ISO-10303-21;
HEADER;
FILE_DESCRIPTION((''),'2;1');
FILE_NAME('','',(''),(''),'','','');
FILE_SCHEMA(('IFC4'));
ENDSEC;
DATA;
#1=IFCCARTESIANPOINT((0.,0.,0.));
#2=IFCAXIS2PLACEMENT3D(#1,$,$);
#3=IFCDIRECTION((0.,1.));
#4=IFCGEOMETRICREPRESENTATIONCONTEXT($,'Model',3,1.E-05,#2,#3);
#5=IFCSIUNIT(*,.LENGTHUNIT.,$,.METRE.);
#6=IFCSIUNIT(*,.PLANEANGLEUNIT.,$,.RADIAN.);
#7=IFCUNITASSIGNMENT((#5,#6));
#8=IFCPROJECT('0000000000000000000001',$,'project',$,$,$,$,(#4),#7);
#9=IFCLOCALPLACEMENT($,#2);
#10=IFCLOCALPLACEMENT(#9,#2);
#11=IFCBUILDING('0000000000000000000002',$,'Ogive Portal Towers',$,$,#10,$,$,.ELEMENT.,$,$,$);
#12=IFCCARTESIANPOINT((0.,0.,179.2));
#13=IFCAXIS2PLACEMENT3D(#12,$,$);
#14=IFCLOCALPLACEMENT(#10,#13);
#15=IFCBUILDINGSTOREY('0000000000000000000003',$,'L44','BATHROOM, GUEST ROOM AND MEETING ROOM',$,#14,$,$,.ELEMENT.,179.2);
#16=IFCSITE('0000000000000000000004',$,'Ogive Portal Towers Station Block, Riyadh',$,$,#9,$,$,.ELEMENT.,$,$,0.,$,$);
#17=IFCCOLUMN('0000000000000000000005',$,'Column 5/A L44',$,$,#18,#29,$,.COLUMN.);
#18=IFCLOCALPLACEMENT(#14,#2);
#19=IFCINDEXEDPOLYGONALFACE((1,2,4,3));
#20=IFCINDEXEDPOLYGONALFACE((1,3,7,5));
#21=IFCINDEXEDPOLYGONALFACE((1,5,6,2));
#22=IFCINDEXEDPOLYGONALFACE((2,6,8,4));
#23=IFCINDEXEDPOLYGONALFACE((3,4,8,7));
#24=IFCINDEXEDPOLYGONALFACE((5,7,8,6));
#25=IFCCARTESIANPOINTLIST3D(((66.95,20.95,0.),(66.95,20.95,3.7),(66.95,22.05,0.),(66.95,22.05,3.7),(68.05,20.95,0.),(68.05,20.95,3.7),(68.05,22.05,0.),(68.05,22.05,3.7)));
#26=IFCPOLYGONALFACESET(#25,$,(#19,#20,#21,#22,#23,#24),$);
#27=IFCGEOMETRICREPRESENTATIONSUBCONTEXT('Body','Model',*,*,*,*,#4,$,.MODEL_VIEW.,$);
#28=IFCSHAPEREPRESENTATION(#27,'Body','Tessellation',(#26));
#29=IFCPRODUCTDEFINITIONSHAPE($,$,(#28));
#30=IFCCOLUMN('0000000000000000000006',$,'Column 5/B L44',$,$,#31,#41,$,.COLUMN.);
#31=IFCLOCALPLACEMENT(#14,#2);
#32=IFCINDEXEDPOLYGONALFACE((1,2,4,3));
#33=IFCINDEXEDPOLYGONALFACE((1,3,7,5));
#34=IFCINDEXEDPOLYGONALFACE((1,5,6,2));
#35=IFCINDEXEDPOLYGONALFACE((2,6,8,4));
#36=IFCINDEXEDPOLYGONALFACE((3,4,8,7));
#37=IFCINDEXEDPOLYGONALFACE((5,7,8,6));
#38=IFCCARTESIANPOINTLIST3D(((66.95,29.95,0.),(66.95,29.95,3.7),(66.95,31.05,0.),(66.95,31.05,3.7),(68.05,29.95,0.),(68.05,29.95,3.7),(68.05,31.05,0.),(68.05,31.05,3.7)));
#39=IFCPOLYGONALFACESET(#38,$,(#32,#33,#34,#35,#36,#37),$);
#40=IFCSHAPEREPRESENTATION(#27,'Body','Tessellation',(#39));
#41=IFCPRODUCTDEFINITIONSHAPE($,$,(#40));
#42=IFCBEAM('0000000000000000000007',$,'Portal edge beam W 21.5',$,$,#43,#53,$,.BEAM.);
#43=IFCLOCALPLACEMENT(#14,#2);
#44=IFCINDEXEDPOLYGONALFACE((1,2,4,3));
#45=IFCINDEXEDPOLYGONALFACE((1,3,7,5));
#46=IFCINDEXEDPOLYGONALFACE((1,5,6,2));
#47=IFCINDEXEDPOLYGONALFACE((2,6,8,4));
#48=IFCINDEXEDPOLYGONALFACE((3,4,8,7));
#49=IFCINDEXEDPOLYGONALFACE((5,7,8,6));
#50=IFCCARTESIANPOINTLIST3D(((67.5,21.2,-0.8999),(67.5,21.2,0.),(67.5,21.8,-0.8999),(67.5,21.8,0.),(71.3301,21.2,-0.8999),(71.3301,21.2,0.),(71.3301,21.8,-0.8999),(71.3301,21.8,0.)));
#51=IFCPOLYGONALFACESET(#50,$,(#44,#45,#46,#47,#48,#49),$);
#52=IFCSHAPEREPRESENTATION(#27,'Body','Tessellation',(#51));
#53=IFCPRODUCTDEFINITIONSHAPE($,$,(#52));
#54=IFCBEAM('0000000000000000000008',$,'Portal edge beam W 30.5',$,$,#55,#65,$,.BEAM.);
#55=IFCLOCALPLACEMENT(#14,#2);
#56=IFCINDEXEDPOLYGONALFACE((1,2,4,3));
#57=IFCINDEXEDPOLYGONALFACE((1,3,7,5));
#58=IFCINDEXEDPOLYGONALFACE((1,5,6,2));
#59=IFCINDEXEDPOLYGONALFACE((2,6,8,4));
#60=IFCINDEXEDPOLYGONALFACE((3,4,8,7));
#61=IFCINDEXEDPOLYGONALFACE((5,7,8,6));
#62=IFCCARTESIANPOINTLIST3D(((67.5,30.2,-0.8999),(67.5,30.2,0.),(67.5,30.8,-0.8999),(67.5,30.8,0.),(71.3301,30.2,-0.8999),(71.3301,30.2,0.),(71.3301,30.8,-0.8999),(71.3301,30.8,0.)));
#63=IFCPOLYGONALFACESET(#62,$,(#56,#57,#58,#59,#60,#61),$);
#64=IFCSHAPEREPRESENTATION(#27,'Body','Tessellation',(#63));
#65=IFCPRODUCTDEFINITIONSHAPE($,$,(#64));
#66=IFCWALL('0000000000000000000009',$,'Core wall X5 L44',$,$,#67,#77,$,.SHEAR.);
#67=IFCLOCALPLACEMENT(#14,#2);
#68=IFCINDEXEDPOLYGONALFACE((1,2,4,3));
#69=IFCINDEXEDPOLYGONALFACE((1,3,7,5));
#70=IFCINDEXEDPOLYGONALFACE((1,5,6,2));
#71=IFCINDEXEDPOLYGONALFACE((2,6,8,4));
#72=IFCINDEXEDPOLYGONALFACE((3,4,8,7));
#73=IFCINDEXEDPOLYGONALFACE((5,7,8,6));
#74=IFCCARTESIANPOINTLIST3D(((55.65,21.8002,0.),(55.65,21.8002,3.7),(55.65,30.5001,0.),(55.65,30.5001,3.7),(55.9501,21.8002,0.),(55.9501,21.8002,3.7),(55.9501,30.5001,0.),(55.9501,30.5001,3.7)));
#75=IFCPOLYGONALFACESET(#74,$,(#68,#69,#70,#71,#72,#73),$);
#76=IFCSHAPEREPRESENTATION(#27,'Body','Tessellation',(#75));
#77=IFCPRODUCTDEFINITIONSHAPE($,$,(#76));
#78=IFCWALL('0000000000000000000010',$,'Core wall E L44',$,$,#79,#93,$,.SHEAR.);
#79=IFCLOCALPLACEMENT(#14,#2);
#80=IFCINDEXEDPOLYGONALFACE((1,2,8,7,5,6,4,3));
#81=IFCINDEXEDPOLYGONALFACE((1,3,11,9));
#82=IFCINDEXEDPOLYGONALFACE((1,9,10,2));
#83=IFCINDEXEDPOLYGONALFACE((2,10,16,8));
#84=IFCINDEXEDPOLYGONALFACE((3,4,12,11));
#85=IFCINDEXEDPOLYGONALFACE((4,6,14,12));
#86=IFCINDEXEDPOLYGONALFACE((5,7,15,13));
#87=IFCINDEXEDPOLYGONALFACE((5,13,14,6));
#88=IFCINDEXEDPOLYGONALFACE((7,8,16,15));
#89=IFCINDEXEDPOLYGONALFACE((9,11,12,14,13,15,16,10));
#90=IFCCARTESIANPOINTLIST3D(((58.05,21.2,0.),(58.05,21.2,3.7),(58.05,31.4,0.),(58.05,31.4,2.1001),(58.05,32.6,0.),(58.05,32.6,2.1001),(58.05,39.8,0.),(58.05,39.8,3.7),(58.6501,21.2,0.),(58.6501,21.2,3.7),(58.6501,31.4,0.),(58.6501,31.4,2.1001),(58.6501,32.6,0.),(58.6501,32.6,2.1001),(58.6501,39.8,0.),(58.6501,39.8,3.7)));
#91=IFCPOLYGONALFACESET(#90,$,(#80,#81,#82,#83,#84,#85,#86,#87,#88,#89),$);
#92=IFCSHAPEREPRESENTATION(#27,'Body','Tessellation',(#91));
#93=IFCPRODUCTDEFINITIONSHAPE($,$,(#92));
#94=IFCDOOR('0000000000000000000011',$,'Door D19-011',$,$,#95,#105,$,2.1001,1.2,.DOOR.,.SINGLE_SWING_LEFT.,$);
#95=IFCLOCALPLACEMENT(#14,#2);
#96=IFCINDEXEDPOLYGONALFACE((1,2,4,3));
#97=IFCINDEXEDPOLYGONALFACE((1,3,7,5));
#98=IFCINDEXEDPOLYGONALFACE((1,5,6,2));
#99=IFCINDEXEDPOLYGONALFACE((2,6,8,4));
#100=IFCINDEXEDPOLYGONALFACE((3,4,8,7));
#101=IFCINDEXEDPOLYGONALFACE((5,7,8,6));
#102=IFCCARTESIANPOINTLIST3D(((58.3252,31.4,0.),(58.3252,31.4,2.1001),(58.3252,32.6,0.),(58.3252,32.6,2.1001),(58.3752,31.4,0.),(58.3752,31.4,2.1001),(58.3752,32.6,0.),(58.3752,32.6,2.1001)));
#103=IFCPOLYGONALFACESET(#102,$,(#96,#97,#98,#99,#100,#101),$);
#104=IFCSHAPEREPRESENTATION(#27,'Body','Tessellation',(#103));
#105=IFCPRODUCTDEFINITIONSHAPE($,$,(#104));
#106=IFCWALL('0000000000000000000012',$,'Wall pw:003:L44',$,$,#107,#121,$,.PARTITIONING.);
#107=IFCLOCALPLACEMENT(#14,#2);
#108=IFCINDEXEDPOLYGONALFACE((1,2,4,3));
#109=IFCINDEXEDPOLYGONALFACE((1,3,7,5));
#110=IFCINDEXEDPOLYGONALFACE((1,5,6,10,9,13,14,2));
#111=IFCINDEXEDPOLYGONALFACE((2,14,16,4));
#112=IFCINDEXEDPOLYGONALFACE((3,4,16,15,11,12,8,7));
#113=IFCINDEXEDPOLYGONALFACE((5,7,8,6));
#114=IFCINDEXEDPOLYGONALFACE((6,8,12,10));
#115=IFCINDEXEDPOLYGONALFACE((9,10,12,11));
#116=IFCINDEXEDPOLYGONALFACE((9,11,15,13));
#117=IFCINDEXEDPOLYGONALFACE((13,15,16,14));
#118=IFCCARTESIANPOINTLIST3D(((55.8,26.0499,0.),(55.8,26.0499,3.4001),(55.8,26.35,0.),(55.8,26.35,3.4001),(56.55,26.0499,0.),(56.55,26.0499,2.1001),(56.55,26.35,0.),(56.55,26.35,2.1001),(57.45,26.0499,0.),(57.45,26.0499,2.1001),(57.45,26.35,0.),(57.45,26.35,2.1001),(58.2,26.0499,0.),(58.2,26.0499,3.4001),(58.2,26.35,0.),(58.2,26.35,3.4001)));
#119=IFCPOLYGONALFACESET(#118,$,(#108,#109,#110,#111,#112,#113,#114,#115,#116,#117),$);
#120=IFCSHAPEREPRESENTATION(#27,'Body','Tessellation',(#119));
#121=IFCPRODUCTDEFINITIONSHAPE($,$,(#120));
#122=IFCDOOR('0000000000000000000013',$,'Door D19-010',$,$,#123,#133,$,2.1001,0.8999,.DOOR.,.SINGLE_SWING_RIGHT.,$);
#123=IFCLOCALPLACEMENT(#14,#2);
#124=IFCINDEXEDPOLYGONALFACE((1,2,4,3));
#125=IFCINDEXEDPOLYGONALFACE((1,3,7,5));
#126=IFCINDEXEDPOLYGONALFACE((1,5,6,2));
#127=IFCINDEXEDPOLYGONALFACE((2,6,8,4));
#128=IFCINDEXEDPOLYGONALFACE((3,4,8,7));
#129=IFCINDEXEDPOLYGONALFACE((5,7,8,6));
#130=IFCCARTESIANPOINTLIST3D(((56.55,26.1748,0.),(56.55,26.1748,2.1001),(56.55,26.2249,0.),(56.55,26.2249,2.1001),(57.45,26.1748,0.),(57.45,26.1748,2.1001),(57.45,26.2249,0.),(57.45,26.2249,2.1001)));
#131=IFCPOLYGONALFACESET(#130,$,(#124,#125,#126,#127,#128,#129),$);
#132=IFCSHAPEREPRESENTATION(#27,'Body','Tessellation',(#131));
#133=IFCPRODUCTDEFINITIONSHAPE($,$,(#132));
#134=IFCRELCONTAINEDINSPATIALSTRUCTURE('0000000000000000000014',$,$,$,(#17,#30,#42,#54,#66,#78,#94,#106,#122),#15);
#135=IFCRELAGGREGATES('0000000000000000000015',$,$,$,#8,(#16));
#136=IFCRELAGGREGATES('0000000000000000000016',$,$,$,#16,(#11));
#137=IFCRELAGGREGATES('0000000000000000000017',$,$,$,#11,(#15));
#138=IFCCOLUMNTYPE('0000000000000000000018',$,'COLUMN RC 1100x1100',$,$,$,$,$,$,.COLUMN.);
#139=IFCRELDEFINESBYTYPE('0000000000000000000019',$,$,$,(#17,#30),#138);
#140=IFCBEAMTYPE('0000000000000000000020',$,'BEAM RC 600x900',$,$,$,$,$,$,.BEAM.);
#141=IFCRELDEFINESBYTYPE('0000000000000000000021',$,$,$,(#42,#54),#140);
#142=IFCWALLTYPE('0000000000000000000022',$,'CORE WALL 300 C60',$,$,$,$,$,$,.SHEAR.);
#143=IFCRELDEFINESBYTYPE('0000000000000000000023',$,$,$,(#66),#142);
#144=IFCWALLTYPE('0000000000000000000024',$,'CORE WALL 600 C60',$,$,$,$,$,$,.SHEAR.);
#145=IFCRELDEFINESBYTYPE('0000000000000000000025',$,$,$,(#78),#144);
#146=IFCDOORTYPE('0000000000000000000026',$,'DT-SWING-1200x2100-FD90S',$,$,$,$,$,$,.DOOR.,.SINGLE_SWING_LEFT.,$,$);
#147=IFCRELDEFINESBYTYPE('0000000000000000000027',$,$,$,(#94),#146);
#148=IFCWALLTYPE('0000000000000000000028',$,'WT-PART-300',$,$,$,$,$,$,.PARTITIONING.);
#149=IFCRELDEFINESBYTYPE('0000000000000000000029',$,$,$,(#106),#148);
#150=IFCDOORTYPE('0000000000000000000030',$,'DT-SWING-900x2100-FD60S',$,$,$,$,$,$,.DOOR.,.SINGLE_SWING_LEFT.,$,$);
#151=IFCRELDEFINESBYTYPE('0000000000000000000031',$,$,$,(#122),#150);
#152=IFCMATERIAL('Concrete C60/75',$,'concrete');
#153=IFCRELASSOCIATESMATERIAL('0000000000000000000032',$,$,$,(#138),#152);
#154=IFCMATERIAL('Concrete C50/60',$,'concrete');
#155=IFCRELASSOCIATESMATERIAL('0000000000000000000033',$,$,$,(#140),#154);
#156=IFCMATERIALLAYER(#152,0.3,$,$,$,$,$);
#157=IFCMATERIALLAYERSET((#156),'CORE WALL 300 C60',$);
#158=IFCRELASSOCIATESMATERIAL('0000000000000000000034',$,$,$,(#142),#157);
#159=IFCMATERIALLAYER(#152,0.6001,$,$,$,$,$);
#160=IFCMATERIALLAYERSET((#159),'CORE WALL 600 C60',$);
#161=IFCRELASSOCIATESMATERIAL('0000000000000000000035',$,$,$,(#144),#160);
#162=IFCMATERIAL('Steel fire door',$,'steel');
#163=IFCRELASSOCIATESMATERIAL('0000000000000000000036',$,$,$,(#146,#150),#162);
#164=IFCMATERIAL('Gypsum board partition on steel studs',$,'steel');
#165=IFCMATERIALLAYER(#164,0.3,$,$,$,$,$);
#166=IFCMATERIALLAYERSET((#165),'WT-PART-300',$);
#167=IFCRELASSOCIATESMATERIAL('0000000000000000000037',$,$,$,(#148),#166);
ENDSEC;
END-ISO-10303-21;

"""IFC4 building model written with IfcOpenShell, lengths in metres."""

from ifc_helpers import new_model, si_unit, direction, frame, frame_2d, origin, origin_2d, place, context, subcontext, project, spatial, rectangle, extrude, material, layer, layer_set, material_profile, profile_set, type_object, element, fill, save


model = new_model("IFC4")

# Units and contexts
model_context = context("Model", 3, precision=1e-05, world=origin(), true_north=direction((0.0, 1.0)))
body_context = subcontext(model_context, "Body", "Model", "MODEL_VIEW")
ifc_project = project(units=[si_unit("LENGTHUNIT", "METRE"), si_unit("PLANEANGLEUNIT", "RADIAN")], contexts=[model_context])

# Site, building, storey
site_placement = place(None, origin())
site = spatial("IfcSite", under=ifc_project, at=site_placement, Name="Ogive Portal Towers Station Block, Riyadh", CompositionType="ELEMENT", RefElevation=0.0)
building_placement = place(site_placement, origin())
building = spatial("IfcBuilding", under=site, at=building_placement, Name="Ogive Portal Towers", CompositionType="ELEMENT")
storey_placement = place(building_placement, frame((0.0, 0.0, 179.2)))
storey = spatial("IfcBuildingStorey", under=building, at=storey_placement, Name="L44", Description="BATHROOM, GUEST ROOM AND MEETING ROOM", CompositionType="ELEMENT", Elevation=179.2)

# Columns
ifc_material_1 = material(Name="Concrete C60/75", Category="concrete")
ifc_material_profile_1 = material_profile(ifc_material_1, rectangle(XDim=1.1001, YDim=1.1001, at=origin_2d()), Name="RC 1100x1100")
ifc_profile_set_1 = profile_set([ifc_material_profile_1], Name="Concrete C60/75")
column_type = type_object("IfcColumnType", Name="COLUMN RC 1100x1100", PredefinedType="COLUMN", material=ifc_profile_set_1)
for number, where, z_axis, x_axis, name in (
    (1, (67.5, 21.5, 0.0), (0.0, 0.0, 1.0), (1.0, 0.0, 0.0), "Column 5/A L44"),
    (2, (67.5, 30.5, 0.0), (0.0, 0.0, 1.0), (1.0, 0.0, 0.0), "Column 5/B L44"),
):
    element("IfcColumn", number, at=place(storey_placement, frame(where, z_axis=z_axis, x_axis=x_axis)), inside=storey, type_object=column_type, Name=name, PredefinedType="COLUMN", context=body_context, shape_type="SweptSolid", body=[
        extrude(rectangle(XDim=1.1001, YDim=1.1001, at=origin_2d()), origin(), (0.0, 0.0, 1.0), 3.7),
    ])

# Beams
ifc_material_2 = material(Name="Concrete C50/60", Category="concrete")
ifc_material_profile_2 = material_profile(ifc_material_2, rectangle(XDim=0.6001, YDim=0.8999, at=origin_2d()), Name="RC 600x900")
ifc_profile_set_2 = profile_set([ifc_material_profile_2], Name="Concrete C50/60")
beam_type = type_object("IfcBeamType", Name="BEAM RC 600x900", PredefinedType="BEAM", material=ifc_profile_set_2)
for number, where, z_axis, x_axis, name in (
    (3, (67.5, 21.5, -0.45), (1.0, 0.0, 0.0), (0.0, 1.0, 0.0), "Portal edge beam W 21.5"),
    (4, (67.5, 30.5, -0.45), (1.0, 0.0, 0.0), (0.0, 1.0, 0.0), "Portal edge beam W 30.5"),
):
    element("IfcBeam", number, at=place(storey_placement, frame(where, z_axis=z_axis, x_axis=x_axis)), inside=storey, type_object=beam_type, Name=name, PredefinedType="BEAM", context=body_context, shape_type="SweptSolid", body=[
        extrude(rectangle(XDim=0.6001, YDim=0.8999, at=origin_2d()), origin(), (0.0, 0.0, 1.0), 3.8301),
    ])

# Wall
ifc_layer_1 = layer(ifc_material_1, 0.3)
ifc_layer_set_1 = layer_set([ifc_layer_1], Name="CORE WALL 300 C60")
wall_type_1 = type_object("IfcWallType", Name="CORE WALL 300 C60", PredefinedType="SHEAR", material=ifc_layer_set_1)
wall_1_placement = place(storey_placement, frame((55.8, 21.8, 0.0), z_axis=(0.0, 0.0, 1.0), x_axis=(0.0, 1.0, 0.0)))
element("IfcWall", 5, at=wall_1_placement, inside=storey, type_object=wall_type_1, Name="Core wall X5 L44", PredefinedType="SHEAR", context=body_context, shape_type="SweptSolid", body=[
    extrude(rectangle(XDim=8.7, YDim=0.3, at=frame_2d((4.3501, 0.0))), origin(), (0.0, 0.0, 1.0), 3.7),
])

# Walls, openings, doors
ifc_layer_2 = layer(ifc_material_1, 0.6001)
ifc_layer_set_2 = layer_set([ifc_layer_2], Name="CORE WALL 600 C60")
wall_type_2 = type_object("IfcWallType", Name="CORE WALL 600 C60", PredefinedType="SHEAR", material=ifc_layer_set_2)
wall_2_placement = place(storey_placement, frame((58.3501, 21.2, 0.0), z_axis=(0.0, 0.0, 1.0), x_axis=(0.0, 1.0, 0.0)))
wall_2 = element("IfcWall", 6, at=wall_2_placement, inside=storey, type_object=wall_type_2, Name="Core wall E L44", PredefinedType="SHEAR", context=body_context, shape_type="SweptSolid", body=[
    extrude(rectangle(XDim=18.6001, YDim=0.6001, at=frame_2d((9.3, 0.0))), origin(), (0.0, 0.0, 1.0), 3.7),
])
opening_1_placement = place(wall_2_placement, frame((10.2, 0.0, 0.0)))
opening_1 = element("IfcOpeningElement", 7, at=opening_1_placement, cuts=wall_2, PredefinedType="OPENING", context=body_context, shape_type="SweptSolid", body=[
    extrude(rectangle(XDim=1.2, YDim=2.1001, at=frame_2d((0.6001, 1.05))), frame((0.0, 0.3101, 0.0), z_axis=(0.0, -1.0, 0.0), x_axis=(1.0, 0.0, 0.0)), (0.0, 0.0, 1.0), 0.6201),
])
ifc_material_3 = material(Name="Steel fire door", Category="steel")
door_type_1 = type_object("IfcDoorType", Name="DT-SWING-1200x2100-FD90S", OperationType="SINGLE_SWING_LEFT", PredefinedType="DOOR", material=ifc_material_3)
door_1_placement = place(opening_1_placement, origin())
door_1 = element("IfcDoor", 8, at=door_1_placement, inside=storey, type_object=door_type_1, Name="Door D19-011", OperationType="SINGLE_SWING_LEFT", OverallHeight=2.1001, OverallWidth=1.2, PredefinedType="DOOR", context=body_context, shape_type="SweptSolid", body=[
    extrude(rectangle(XDim=1.2, YDim=2.1001, at=frame_2d((0.6001, 1.05))), frame((0.0, 0.0249, 0.0), z_axis=(0.0, -1.0, 0.0), x_axis=(1.0, 0.0, 0.0)), (0.0, 0.0, 1.0), 0.05),
])
fill(opening_1, door_1)
ifc_material_4 = material(Name="Gypsum board partition on steel studs", Category="steel")
ifc_layer_3 = layer(ifc_material_4, 0.3)
ifc_layer_set_3 = layer_set([ifc_layer_3], Name="WT-PART-300")
wall_type_3 = type_object("IfcWallType", Name="WT-PART-300", PredefinedType="PARTITIONING", material=ifc_layer_set_3)
wall_3_placement = place(storey_placement, frame((55.8, 26.2, 0.0), z_axis=(0.0, 0.0, 1.0), x_axis=(1.0, 0.0, 0.0)))
wall_3 = element("IfcWall", 9, at=wall_3_placement, inside=storey, type_object=wall_type_3, Name="Wall pw:003:L44", PredefinedType="PARTITIONING", context=body_context, shape_type="SweptSolid", body=[
    extrude(rectangle(XDim=2.3999, YDim=0.3, at=frame_2d((1.2, 0.0))), origin(), (0.0, 0.0, 1.0), 3.4001),
])
opening_2_placement = place(wall_3_placement, frame((0.75, 0.0, 0.0)))
opening_2 = element("IfcOpeningElement", 10, at=opening_2_placement, cuts=wall_3, PredefinedType="OPENING", context=body_context, shape_type="SweptSolid", body=[
    extrude(rectangle(XDim=0.8999, YDim=2.1001, at=frame_2d((0.45, 1.05))), frame((0.0, 0.1602, 0.0), z_axis=(0.0, -1.0, 0.0), x_axis=(1.0, 0.0, 0.0)), (0.0, 0.0, 1.0), 0.3201),
])
door_type_2 = type_object("IfcDoorType", Name="DT-SWING-900x2100-FD60S", OperationType="SINGLE_SWING_LEFT", PredefinedType="DOOR", material=ifc_material_3)
door_2_placement = place(opening_2_placement, origin())
door_2 = element("IfcDoor", 11, at=door_2_placement, inside=storey, type_object=door_type_2, Name="Door D19-010", OperationType="SINGLE_SWING_RIGHT", OverallHeight=2.1001, OverallWidth=0.8999, PredefinedType="DOOR", context=body_context, shape_type="SweptSolid", body=[
    extrude(rectangle(XDim=0.8999, YDim=2.1001, at=frame_2d((0.45, 1.05))), frame((0.0, 0.0249, 0.0), z_axis=(0.0, -1.0, 0.0), x_axis=(1.0, 0.0, 0.0)), (0.0, 0.0, 1.0), 0.05),
])
fill(opening_2, door_2)

save(model, "model.ifc")
